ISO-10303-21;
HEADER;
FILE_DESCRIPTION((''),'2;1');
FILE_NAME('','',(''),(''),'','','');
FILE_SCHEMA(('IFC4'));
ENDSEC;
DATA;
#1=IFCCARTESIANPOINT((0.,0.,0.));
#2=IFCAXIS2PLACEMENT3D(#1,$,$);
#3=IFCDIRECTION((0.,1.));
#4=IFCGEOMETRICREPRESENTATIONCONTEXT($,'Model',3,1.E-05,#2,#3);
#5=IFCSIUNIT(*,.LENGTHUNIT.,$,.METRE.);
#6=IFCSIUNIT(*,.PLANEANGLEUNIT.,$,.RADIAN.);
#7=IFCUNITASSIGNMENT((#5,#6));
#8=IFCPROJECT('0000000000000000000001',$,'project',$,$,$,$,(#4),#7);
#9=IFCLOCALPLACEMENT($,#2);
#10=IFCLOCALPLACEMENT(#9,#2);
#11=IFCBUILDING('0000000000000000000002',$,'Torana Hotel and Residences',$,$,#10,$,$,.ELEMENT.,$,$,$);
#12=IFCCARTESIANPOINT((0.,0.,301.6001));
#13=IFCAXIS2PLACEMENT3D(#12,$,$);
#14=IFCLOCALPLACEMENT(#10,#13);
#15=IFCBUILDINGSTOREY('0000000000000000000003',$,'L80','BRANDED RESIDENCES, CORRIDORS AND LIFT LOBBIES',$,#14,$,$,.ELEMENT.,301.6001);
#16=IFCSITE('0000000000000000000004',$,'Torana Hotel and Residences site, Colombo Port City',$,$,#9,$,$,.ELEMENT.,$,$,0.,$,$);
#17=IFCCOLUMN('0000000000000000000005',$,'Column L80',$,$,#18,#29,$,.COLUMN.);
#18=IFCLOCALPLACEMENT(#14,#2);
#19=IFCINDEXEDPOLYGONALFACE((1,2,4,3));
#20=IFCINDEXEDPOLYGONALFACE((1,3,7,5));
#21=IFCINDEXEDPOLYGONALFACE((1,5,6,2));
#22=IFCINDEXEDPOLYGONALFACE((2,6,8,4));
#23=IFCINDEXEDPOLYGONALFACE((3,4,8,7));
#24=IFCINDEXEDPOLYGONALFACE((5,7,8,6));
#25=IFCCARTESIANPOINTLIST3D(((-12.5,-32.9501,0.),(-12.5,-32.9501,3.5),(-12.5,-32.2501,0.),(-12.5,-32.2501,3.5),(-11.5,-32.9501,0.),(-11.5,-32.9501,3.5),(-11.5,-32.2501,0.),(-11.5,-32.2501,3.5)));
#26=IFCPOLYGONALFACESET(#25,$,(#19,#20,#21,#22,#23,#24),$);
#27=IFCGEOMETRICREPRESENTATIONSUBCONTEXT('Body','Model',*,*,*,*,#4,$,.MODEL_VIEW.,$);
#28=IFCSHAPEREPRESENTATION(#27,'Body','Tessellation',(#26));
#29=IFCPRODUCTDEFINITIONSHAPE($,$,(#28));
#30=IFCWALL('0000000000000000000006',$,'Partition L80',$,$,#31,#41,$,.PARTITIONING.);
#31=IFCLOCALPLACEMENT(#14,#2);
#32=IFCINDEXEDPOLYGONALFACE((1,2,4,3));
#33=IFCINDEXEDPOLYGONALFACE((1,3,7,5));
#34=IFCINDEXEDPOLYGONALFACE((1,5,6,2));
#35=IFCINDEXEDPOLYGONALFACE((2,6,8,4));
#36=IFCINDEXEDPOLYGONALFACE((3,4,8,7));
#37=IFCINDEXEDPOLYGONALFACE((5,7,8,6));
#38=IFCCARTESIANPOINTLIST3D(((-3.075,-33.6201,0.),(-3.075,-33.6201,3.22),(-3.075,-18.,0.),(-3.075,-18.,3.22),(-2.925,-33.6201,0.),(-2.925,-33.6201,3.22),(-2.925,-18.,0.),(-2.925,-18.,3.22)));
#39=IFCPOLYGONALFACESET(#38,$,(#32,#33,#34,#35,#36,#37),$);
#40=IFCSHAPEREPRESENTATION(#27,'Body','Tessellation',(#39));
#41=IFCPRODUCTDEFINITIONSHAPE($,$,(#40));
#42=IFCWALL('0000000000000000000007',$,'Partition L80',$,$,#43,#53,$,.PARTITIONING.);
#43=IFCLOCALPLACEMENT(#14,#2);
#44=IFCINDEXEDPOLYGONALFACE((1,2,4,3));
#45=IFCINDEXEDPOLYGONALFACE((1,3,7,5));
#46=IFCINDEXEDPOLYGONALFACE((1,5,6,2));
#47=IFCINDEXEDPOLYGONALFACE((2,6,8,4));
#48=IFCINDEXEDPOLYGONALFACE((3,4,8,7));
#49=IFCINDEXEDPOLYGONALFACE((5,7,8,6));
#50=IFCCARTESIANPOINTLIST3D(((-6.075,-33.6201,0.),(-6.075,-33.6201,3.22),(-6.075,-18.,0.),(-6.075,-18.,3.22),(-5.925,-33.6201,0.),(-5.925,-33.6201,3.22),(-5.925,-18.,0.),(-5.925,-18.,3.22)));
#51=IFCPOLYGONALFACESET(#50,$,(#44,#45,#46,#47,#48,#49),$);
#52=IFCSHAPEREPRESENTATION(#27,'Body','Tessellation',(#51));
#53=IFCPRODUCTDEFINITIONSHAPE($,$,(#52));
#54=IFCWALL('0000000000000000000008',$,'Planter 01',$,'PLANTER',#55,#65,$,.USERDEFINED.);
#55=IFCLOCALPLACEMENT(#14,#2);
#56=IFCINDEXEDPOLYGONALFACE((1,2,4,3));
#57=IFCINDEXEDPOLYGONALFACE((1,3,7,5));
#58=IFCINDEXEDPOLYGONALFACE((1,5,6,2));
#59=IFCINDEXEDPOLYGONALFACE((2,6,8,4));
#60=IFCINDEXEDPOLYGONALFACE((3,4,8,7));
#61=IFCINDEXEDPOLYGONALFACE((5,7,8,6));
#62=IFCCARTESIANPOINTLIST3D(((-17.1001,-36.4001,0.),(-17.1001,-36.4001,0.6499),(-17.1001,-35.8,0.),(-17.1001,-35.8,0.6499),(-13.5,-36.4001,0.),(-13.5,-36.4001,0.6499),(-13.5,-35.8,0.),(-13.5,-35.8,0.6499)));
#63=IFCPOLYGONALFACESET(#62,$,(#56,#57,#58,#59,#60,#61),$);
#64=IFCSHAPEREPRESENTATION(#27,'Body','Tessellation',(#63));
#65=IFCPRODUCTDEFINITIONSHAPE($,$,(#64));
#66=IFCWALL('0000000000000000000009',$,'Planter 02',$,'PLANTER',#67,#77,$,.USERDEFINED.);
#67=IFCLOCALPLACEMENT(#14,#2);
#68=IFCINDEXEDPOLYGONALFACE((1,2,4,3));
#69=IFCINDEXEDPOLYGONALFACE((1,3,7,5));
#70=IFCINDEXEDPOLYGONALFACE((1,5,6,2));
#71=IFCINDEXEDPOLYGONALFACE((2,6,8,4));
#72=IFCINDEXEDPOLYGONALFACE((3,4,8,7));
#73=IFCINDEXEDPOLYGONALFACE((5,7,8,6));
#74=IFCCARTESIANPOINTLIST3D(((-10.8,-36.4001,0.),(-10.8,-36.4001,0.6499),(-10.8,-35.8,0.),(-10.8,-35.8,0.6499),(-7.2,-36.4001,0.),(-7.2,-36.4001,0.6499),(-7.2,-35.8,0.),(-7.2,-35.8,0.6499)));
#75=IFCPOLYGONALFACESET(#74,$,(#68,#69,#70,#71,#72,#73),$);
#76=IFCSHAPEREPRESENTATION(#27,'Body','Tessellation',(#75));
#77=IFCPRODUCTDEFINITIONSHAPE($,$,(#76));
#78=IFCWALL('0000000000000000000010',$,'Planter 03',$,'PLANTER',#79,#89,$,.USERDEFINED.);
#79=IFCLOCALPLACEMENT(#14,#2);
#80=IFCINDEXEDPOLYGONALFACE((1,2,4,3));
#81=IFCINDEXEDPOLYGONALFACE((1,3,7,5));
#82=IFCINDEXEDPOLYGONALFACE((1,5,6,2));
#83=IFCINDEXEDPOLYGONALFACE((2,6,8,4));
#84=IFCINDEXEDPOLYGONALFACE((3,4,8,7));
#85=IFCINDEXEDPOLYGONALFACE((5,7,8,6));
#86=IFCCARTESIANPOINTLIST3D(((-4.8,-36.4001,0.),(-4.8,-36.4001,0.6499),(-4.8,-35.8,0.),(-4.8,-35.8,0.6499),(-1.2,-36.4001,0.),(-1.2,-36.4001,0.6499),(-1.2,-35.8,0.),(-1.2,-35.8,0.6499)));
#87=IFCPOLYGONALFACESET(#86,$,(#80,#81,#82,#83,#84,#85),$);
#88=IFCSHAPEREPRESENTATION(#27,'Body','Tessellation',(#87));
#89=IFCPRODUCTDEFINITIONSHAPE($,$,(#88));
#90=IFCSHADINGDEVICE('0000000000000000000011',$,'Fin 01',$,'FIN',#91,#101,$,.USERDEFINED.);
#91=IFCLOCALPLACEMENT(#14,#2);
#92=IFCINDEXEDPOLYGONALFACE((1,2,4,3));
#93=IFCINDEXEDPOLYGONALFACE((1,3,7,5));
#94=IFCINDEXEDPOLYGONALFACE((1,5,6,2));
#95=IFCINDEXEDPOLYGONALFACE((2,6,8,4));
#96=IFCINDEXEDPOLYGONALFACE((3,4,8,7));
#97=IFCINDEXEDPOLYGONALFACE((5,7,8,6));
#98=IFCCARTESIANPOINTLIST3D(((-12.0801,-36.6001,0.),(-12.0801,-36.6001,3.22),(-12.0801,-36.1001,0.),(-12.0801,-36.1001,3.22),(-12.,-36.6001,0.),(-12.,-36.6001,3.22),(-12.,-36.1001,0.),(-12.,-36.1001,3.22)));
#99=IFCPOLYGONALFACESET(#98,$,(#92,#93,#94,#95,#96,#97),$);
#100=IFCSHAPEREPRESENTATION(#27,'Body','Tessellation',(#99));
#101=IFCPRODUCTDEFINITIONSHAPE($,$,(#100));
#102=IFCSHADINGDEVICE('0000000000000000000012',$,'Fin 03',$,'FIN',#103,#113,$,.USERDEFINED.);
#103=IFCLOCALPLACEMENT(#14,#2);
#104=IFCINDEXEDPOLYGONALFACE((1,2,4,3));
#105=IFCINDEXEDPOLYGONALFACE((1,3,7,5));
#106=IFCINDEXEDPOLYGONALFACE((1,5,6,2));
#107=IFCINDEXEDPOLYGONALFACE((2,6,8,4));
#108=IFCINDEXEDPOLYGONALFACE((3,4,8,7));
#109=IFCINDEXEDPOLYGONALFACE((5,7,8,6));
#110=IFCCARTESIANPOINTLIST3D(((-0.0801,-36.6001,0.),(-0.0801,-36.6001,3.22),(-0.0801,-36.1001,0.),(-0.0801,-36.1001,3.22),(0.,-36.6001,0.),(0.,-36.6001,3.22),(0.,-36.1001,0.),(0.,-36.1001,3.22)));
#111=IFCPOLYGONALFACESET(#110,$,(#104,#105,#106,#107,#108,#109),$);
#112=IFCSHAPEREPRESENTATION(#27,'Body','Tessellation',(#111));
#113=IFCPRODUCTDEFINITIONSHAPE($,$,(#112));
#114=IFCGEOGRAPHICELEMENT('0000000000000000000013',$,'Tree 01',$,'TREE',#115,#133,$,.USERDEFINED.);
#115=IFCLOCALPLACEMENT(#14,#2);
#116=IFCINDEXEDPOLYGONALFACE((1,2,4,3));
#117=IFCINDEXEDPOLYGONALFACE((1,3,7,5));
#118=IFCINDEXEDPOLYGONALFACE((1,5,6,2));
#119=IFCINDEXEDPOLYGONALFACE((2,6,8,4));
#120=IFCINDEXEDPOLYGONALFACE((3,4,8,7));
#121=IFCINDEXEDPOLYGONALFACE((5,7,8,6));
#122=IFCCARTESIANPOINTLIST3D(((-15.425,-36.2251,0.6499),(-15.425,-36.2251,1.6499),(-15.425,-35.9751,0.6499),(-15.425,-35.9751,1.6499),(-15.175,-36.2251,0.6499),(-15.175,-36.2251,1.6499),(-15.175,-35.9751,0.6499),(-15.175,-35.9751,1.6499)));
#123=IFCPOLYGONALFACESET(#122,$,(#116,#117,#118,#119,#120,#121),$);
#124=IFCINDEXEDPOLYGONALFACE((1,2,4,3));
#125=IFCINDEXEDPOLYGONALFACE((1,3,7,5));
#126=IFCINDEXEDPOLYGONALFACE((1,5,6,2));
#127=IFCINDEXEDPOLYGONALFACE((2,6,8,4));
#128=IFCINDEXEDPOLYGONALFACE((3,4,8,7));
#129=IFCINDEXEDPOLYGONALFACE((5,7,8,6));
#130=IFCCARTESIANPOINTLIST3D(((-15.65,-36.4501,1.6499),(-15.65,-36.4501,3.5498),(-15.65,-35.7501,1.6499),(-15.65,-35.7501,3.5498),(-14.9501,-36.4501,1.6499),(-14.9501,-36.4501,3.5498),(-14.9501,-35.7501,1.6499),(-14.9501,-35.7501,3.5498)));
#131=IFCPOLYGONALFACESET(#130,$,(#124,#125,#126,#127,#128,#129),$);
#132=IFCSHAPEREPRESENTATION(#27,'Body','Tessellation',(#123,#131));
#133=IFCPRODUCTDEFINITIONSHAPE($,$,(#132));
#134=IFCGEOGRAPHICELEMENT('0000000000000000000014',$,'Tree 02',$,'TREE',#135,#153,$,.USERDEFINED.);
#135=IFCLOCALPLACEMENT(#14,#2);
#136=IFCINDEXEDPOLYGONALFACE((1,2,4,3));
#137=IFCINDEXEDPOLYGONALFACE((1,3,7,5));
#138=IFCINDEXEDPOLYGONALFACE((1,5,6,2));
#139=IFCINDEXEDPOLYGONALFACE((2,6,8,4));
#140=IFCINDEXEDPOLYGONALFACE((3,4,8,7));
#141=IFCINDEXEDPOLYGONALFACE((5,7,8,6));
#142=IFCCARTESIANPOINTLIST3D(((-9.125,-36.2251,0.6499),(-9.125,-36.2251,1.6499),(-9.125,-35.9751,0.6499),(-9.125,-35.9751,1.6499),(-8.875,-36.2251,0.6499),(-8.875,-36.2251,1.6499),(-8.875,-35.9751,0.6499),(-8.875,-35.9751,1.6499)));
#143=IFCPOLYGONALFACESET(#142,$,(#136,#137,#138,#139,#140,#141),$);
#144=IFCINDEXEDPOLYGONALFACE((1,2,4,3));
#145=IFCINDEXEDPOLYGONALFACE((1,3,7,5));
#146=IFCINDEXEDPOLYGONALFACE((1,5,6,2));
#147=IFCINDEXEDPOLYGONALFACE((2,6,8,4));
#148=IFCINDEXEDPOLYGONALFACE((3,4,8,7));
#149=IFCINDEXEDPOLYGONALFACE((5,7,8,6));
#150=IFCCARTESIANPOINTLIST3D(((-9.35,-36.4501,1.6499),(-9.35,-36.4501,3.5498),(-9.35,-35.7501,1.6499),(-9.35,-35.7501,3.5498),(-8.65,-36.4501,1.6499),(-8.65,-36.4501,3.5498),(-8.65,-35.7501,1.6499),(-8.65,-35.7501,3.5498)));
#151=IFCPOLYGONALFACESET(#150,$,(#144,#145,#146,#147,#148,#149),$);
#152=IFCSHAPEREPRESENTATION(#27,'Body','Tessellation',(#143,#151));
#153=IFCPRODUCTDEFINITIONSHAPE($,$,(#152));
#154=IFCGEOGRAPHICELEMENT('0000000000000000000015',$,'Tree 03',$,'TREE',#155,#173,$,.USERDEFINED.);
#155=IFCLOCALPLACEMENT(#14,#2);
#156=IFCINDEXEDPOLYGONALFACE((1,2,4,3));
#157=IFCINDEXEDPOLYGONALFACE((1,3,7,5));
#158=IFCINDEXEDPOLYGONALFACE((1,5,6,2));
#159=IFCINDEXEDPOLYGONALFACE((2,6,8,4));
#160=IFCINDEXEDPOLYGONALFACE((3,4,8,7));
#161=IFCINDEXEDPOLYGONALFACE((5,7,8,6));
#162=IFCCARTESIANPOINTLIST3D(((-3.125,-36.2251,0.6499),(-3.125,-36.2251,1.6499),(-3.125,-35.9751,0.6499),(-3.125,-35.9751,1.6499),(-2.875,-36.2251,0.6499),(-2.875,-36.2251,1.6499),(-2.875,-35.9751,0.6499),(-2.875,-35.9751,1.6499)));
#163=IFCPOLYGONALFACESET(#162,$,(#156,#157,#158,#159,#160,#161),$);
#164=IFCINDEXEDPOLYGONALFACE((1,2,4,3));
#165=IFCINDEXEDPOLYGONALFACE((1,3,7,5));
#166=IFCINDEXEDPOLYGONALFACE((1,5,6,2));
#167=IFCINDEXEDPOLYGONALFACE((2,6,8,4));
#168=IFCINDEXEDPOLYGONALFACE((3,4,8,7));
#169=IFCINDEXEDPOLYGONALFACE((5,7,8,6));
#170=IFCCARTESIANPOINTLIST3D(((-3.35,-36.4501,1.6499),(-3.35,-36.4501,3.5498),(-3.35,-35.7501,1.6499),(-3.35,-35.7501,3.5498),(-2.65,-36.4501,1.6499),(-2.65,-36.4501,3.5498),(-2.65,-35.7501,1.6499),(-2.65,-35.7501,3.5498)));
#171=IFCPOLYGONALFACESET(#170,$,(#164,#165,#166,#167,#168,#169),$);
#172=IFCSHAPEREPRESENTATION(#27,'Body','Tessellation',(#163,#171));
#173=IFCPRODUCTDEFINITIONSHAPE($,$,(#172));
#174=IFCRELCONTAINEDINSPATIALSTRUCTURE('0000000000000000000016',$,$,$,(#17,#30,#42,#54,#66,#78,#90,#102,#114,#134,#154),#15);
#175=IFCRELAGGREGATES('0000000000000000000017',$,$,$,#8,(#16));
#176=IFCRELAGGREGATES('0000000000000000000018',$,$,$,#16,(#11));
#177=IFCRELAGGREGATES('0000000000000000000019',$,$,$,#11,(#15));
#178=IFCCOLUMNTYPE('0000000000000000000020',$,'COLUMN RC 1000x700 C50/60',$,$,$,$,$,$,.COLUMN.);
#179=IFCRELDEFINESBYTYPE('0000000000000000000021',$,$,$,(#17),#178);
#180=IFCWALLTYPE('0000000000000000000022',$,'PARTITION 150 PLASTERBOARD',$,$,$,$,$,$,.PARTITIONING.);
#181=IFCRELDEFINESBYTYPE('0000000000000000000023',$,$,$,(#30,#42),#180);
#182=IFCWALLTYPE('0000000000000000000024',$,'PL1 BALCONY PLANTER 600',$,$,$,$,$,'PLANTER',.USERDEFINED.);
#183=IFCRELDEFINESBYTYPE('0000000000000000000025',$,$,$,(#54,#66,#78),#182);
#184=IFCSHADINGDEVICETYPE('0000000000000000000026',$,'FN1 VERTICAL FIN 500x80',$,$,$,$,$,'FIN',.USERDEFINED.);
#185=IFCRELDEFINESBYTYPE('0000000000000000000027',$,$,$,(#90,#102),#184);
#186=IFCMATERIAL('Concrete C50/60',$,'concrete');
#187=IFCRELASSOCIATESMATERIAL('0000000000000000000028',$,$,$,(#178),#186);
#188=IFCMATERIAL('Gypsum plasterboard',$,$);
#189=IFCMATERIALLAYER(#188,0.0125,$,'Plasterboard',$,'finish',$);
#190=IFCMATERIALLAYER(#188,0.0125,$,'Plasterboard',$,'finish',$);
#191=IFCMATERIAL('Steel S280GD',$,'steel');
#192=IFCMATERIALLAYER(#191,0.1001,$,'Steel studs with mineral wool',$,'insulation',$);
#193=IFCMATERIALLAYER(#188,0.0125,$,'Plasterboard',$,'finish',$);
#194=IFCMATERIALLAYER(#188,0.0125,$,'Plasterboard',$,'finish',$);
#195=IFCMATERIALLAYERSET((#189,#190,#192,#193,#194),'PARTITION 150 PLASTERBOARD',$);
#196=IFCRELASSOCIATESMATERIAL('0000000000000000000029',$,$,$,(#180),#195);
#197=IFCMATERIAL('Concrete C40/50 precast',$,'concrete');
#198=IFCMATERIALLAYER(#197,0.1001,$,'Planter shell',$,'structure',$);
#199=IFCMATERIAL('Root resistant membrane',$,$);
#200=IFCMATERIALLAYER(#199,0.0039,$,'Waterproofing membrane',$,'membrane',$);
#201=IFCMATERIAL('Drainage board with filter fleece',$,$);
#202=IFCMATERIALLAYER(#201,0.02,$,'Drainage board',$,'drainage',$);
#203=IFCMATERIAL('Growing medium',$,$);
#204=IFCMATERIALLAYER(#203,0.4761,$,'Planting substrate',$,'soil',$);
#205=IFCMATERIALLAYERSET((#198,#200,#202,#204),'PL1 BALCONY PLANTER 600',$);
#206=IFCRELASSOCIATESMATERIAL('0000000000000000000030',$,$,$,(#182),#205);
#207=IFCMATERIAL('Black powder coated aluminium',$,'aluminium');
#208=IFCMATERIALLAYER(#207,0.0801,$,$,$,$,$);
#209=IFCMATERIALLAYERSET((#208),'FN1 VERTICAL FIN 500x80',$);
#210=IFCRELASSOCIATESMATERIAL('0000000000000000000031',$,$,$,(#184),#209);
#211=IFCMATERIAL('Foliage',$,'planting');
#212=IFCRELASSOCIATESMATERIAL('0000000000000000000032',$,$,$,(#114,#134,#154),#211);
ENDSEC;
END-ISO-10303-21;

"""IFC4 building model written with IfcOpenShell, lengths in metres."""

from ifc_helpers import new_model, si_unit, direction, frame, frame_2d, origin, origin_2d, place, context, subcontext, project, spatial, rectangle, extrude, material, layer, layer_set, material_profile, profile_set, type_object, element, save


model = new_model("IFC4")

# Units and contexts
model_context = context("Model", 3, precision=1e-05, world=origin(), true_north=direction((0.0, 1.0)))
body_context = subcontext(model_context, "Body", "Model", "MODEL_VIEW")
ifc_project = project(units=[si_unit("LENGTHUNIT", "METRE"), si_unit("PLANEANGLEUNIT", "RADIAN")], contexts=[model_context])

# Site, building, storey
site_placement = place(None, origin())
site = spatial("IfcSite", under=ifc_project, at=site_placement, Name="Torana Hotel and Residences site, Colombo Port City", CompositionType="ELEMENT", RefElevation=0.0)
building_placement = place(site_placement, origin())
building = spatial("IfcBuilding", under=site, at=building_placement, Name="Torana Hotel and Residences", CompositionType="ELEMENT")
storey_placement = place(building_placement, frame((0.0, 0.0, 301.6001)))
storey = spatial("IfcBuildingStorey", under=building, at=storey_placement, Name="L80", Description="BRANDED RESIDENCES, CORRIDORS AND LIFT LOBBIES", CompositionType="ELEMENT", Elevation=301.6001)

# Column
ifc_material_1 = material(Name="Concrete C50/60", Category="concrete")
ifc_material_profile = material_profile(ifc_material_1, rectangle(XDim=1.0, YDim=0.7, at=origin_2d()), Name="RC 1000x700")
ifc_profile_set = profile_set([ifc_material_profile], Name="Concrete C50/60")
column_type = type_object("IfcColumnType", Name="COLUMN RC 1000x700 C50/60", PredefinedType="COLUMN", material=ifc_profile_set)
column_placement = place(storey_placement, frame((-12.0, -32.6001, 0.0), z_axis=(0.0, 0.0, 1.0), x_axis=(1.0, 0.0, 0.0)))
element("IfcColumn", 1, at=column_placement, inside=storey, type_object=column_type, Name="Column L80", PredefinedType="COLUMN", context=body_context, shape_type="SweptSolid", body=[
    extrude(rectangle(XDim=1.0, YDim=0.7, at=origin_2d()), origin(), (0.0, 0.0, 1.0), 3.5),
])

# Walls
ifc_material_2 = material(Name="Gypsum plasterboard")
ifc_layer_1 = layer(ifc_material_2, 0.0125, Name="Plasterboard", Category="finish")
ifc_layer_2 = layer(ifc_material_2, 0.0125, Name="Plasterboard", Category="finish")
ifc_material_3 = material(Name="Steel S280GD", Category="steel")
ifc_layer_3 = layer(ifc_material_3, 0.1001, Name="Steel studs with mineral wool", Category="insulation")
ifc_layer_4 = layer(ifc_material_2, 0.0125, Name="Plasterboard", Category="finish")
ifc_layer_5 = layer(ifc_material_2, 0.0125, Name="Plasterboard", Category="finish")
ifc_layer_set_1 = layer_set([ifc_layer_1, ifc_layer_2, ifc_layer_3, ifc_layer_4, ifc_layer_5], Name="PARTITION 150 PLASTERBOARD")
wall_type_1 = type_object("IfcWallType", Name="PARTITION 150 PLASTERBOARD", PredefinedType="PARTITIONING", material=ifc_layer_set_1)
for number, where, z_axis, x_axis, name in (
    (2, (-3.0, -33.6201, 0.0), (0.0, 0.0, 1.0), (0.0, 1.0, 0.0), "Partition L80"),
    (3, (-6.0, -33.6201, 0.0), (0.0, 0.0, 1.0), (0.0, 1.0, 0.0), "Partition L80"),
):
    element("IfcWall", number, at=place(storey_placement, frame(where, z_axis=z_axis, x_axis=x_axis)), inside=storey, type_object=wall_type_1, Name=name, PredefinedType="PARTITIONING", context=body_context, shape_type="SweptSolid", body=[
        extrude(rectangle(XDim=15.6201, YDim=0.1499, at=frame_2d((7.8101, 0.0))), origin(), (0.0, 0.0, 1.0), 3.22),
    ])
ifc_material_4 = material(Name="Concrete C40/50 precast", Category="concrete")
ifc_layer_6 = layer(ifc_material_4, 0.1001, Name="Planter shell", Category="structure")
ifc_material_5 = material(Name="Root resistant membrane")
ifc_layer_7 = layer(ifc_material_5, 0.0039, Name="Waterproofing membrane", Category="membrane")
ifc_material_6 = material(Name="Drainage board with filter fleece")
ifc_layer_8 = layer(ifc_material_6, 0.02, Name="Drainage board", Category="drainage")
ifc_material_7 = material(Name="Growing medium")
ifc_layer_9 = layer(ifc_material_7, 0.4761, Name="Planting substrate", Category="soil")
ifc_layer_set_2 = layer_set([ifc_layer_6, ifc_layer_7, ifc_layer_8, ifc_layer_9], Name="PL1 BALCONY PLANTER 600")
wall_type_2 = type_object("IfcWallType", Name="PL1 BALCONY PLANTER 600", ElementType="PLANTER", PredefinedType="USERDEFINED", material=ifc_layer_set_2)
for number, where, z_axis, x_axis, name in (
    (4, (-13.5, -36.1001, 0.0), (0.0, 0.0, 1.0), (-1.0, 0.0, 0.0), "Planter 01"),
    (5, (-7.2, -36.1001, 0.0), (0.0, 0.0, 1.0), (-1.0, 0.0, 0.0), "Planter 02"),
    (6, (-1.2, -36.1001, 0.0), (0.0, 0.0, 1.0), (-1.0, 0.0, 0.0), "Planter 03"),
):
    element("IfcWall", number, at=place(storey_placement, frame(where, z_axis=z_axis, x_axis=x_axis)), inside=storey, type_object=wall_type_2, Name=name, ObjectType="PLANTER", PredefinedType="USERDEFINED", context=body_context, shape_type="SweptSolid", body=[
        extrude(rectangle(XDim=3.6001, YDim=0.6001, at=frame_2d((1.8, 0.0))), origin(), (0.0, 0.0, 1.0), 0.6499),
    ])

# Shading devices
ifc_material_8 = material(Name="Black powder coated aluminium", Category="aluminium")
ifc_layer_10 = layer(ifc_material_8, 0.0801)
ifc_layer_set_3 = layer_set([ifc_layer_10], Name="FN1 VERTICAL FIN 500x80")
shading_device_type = type_object("IfcShadingDeviceType", Name="FN1 VERTICAL FIN 500x80", ElementType="FIN", PredefinedType="USERDEFINED", material=ifc_layer_set_3)
for number, where, z_axis, x_axis, name in (
    (7, (-12.04, -36.3501, 0.0), (0.0, 0.0, 1.0), (-1.0, 0.0, 0.0), "Fin 01"),
    (8, (-0.04, -36.3501, 0.0), (0.0, 0.0, 1.0), (-1.0, 0.0, 0.0), "Fin 03"),
):
    element("IfcShadingDevice", number, at=place(storey_placement, frame(where, z_axis=z_axis, x_axis=x_axis)), inside=storey, type_object=shading_device_type, Name=name, ObjectType="FIN", PredefinedType="USERDEFINED", context=body_context, shape_type="SweptSolid", body=[
        extrude(rectangle(XDim=0.0801, YDim=0.5, at=origin_2d()), origin(), (0.0, 0.0, 1.0), 3.22),
    ])

# Geographic elements
ifc_material_9 = material(Name="Foliage", Category="planting")
for number, where, z_axis, x_axis, name in (
    (9, (-15.3, -36.1001, 0.6499), (0.0, 0.0, 1.0), (1.0, 0.0, 0.0), "Tree 01"),
    (10, (-9.0, -36.1001, 0.6499), (0.0, 0.0, 1.0), (1.0, 0.0, 0.0), "Tree 02"),
    (11, (-3.0, -36.1001, 0.6499), (0.0, 0.0, 1.0), (1.0, 0.0, 0.0), "Tree 03"),
):
    element("IfcGeographicElement", number, at=place(storey_placement, frame(where, z_axis=z_axis, x_axis=x_axis)), inside=storey, material=ifc_material_9, Name=name, ObjectType="TREE", PredefinedType="USERDEFINED", context=body_context, shape_type="SweptSolid", body=[
        extrude(rectangle(XDim=0.25, YDim=0.25, at=origin_2d()), origin(), (0.0, 0.0, 1.0), 1.0),
        extrude(rectangle(XDim=0.7, YDim=0.7, at=origin_2d()), frame((0.0, 0.0, 1.0)), (0.0, 0.0, 1.0), 1.8999),
    ])

save(model, "model.ifc")
